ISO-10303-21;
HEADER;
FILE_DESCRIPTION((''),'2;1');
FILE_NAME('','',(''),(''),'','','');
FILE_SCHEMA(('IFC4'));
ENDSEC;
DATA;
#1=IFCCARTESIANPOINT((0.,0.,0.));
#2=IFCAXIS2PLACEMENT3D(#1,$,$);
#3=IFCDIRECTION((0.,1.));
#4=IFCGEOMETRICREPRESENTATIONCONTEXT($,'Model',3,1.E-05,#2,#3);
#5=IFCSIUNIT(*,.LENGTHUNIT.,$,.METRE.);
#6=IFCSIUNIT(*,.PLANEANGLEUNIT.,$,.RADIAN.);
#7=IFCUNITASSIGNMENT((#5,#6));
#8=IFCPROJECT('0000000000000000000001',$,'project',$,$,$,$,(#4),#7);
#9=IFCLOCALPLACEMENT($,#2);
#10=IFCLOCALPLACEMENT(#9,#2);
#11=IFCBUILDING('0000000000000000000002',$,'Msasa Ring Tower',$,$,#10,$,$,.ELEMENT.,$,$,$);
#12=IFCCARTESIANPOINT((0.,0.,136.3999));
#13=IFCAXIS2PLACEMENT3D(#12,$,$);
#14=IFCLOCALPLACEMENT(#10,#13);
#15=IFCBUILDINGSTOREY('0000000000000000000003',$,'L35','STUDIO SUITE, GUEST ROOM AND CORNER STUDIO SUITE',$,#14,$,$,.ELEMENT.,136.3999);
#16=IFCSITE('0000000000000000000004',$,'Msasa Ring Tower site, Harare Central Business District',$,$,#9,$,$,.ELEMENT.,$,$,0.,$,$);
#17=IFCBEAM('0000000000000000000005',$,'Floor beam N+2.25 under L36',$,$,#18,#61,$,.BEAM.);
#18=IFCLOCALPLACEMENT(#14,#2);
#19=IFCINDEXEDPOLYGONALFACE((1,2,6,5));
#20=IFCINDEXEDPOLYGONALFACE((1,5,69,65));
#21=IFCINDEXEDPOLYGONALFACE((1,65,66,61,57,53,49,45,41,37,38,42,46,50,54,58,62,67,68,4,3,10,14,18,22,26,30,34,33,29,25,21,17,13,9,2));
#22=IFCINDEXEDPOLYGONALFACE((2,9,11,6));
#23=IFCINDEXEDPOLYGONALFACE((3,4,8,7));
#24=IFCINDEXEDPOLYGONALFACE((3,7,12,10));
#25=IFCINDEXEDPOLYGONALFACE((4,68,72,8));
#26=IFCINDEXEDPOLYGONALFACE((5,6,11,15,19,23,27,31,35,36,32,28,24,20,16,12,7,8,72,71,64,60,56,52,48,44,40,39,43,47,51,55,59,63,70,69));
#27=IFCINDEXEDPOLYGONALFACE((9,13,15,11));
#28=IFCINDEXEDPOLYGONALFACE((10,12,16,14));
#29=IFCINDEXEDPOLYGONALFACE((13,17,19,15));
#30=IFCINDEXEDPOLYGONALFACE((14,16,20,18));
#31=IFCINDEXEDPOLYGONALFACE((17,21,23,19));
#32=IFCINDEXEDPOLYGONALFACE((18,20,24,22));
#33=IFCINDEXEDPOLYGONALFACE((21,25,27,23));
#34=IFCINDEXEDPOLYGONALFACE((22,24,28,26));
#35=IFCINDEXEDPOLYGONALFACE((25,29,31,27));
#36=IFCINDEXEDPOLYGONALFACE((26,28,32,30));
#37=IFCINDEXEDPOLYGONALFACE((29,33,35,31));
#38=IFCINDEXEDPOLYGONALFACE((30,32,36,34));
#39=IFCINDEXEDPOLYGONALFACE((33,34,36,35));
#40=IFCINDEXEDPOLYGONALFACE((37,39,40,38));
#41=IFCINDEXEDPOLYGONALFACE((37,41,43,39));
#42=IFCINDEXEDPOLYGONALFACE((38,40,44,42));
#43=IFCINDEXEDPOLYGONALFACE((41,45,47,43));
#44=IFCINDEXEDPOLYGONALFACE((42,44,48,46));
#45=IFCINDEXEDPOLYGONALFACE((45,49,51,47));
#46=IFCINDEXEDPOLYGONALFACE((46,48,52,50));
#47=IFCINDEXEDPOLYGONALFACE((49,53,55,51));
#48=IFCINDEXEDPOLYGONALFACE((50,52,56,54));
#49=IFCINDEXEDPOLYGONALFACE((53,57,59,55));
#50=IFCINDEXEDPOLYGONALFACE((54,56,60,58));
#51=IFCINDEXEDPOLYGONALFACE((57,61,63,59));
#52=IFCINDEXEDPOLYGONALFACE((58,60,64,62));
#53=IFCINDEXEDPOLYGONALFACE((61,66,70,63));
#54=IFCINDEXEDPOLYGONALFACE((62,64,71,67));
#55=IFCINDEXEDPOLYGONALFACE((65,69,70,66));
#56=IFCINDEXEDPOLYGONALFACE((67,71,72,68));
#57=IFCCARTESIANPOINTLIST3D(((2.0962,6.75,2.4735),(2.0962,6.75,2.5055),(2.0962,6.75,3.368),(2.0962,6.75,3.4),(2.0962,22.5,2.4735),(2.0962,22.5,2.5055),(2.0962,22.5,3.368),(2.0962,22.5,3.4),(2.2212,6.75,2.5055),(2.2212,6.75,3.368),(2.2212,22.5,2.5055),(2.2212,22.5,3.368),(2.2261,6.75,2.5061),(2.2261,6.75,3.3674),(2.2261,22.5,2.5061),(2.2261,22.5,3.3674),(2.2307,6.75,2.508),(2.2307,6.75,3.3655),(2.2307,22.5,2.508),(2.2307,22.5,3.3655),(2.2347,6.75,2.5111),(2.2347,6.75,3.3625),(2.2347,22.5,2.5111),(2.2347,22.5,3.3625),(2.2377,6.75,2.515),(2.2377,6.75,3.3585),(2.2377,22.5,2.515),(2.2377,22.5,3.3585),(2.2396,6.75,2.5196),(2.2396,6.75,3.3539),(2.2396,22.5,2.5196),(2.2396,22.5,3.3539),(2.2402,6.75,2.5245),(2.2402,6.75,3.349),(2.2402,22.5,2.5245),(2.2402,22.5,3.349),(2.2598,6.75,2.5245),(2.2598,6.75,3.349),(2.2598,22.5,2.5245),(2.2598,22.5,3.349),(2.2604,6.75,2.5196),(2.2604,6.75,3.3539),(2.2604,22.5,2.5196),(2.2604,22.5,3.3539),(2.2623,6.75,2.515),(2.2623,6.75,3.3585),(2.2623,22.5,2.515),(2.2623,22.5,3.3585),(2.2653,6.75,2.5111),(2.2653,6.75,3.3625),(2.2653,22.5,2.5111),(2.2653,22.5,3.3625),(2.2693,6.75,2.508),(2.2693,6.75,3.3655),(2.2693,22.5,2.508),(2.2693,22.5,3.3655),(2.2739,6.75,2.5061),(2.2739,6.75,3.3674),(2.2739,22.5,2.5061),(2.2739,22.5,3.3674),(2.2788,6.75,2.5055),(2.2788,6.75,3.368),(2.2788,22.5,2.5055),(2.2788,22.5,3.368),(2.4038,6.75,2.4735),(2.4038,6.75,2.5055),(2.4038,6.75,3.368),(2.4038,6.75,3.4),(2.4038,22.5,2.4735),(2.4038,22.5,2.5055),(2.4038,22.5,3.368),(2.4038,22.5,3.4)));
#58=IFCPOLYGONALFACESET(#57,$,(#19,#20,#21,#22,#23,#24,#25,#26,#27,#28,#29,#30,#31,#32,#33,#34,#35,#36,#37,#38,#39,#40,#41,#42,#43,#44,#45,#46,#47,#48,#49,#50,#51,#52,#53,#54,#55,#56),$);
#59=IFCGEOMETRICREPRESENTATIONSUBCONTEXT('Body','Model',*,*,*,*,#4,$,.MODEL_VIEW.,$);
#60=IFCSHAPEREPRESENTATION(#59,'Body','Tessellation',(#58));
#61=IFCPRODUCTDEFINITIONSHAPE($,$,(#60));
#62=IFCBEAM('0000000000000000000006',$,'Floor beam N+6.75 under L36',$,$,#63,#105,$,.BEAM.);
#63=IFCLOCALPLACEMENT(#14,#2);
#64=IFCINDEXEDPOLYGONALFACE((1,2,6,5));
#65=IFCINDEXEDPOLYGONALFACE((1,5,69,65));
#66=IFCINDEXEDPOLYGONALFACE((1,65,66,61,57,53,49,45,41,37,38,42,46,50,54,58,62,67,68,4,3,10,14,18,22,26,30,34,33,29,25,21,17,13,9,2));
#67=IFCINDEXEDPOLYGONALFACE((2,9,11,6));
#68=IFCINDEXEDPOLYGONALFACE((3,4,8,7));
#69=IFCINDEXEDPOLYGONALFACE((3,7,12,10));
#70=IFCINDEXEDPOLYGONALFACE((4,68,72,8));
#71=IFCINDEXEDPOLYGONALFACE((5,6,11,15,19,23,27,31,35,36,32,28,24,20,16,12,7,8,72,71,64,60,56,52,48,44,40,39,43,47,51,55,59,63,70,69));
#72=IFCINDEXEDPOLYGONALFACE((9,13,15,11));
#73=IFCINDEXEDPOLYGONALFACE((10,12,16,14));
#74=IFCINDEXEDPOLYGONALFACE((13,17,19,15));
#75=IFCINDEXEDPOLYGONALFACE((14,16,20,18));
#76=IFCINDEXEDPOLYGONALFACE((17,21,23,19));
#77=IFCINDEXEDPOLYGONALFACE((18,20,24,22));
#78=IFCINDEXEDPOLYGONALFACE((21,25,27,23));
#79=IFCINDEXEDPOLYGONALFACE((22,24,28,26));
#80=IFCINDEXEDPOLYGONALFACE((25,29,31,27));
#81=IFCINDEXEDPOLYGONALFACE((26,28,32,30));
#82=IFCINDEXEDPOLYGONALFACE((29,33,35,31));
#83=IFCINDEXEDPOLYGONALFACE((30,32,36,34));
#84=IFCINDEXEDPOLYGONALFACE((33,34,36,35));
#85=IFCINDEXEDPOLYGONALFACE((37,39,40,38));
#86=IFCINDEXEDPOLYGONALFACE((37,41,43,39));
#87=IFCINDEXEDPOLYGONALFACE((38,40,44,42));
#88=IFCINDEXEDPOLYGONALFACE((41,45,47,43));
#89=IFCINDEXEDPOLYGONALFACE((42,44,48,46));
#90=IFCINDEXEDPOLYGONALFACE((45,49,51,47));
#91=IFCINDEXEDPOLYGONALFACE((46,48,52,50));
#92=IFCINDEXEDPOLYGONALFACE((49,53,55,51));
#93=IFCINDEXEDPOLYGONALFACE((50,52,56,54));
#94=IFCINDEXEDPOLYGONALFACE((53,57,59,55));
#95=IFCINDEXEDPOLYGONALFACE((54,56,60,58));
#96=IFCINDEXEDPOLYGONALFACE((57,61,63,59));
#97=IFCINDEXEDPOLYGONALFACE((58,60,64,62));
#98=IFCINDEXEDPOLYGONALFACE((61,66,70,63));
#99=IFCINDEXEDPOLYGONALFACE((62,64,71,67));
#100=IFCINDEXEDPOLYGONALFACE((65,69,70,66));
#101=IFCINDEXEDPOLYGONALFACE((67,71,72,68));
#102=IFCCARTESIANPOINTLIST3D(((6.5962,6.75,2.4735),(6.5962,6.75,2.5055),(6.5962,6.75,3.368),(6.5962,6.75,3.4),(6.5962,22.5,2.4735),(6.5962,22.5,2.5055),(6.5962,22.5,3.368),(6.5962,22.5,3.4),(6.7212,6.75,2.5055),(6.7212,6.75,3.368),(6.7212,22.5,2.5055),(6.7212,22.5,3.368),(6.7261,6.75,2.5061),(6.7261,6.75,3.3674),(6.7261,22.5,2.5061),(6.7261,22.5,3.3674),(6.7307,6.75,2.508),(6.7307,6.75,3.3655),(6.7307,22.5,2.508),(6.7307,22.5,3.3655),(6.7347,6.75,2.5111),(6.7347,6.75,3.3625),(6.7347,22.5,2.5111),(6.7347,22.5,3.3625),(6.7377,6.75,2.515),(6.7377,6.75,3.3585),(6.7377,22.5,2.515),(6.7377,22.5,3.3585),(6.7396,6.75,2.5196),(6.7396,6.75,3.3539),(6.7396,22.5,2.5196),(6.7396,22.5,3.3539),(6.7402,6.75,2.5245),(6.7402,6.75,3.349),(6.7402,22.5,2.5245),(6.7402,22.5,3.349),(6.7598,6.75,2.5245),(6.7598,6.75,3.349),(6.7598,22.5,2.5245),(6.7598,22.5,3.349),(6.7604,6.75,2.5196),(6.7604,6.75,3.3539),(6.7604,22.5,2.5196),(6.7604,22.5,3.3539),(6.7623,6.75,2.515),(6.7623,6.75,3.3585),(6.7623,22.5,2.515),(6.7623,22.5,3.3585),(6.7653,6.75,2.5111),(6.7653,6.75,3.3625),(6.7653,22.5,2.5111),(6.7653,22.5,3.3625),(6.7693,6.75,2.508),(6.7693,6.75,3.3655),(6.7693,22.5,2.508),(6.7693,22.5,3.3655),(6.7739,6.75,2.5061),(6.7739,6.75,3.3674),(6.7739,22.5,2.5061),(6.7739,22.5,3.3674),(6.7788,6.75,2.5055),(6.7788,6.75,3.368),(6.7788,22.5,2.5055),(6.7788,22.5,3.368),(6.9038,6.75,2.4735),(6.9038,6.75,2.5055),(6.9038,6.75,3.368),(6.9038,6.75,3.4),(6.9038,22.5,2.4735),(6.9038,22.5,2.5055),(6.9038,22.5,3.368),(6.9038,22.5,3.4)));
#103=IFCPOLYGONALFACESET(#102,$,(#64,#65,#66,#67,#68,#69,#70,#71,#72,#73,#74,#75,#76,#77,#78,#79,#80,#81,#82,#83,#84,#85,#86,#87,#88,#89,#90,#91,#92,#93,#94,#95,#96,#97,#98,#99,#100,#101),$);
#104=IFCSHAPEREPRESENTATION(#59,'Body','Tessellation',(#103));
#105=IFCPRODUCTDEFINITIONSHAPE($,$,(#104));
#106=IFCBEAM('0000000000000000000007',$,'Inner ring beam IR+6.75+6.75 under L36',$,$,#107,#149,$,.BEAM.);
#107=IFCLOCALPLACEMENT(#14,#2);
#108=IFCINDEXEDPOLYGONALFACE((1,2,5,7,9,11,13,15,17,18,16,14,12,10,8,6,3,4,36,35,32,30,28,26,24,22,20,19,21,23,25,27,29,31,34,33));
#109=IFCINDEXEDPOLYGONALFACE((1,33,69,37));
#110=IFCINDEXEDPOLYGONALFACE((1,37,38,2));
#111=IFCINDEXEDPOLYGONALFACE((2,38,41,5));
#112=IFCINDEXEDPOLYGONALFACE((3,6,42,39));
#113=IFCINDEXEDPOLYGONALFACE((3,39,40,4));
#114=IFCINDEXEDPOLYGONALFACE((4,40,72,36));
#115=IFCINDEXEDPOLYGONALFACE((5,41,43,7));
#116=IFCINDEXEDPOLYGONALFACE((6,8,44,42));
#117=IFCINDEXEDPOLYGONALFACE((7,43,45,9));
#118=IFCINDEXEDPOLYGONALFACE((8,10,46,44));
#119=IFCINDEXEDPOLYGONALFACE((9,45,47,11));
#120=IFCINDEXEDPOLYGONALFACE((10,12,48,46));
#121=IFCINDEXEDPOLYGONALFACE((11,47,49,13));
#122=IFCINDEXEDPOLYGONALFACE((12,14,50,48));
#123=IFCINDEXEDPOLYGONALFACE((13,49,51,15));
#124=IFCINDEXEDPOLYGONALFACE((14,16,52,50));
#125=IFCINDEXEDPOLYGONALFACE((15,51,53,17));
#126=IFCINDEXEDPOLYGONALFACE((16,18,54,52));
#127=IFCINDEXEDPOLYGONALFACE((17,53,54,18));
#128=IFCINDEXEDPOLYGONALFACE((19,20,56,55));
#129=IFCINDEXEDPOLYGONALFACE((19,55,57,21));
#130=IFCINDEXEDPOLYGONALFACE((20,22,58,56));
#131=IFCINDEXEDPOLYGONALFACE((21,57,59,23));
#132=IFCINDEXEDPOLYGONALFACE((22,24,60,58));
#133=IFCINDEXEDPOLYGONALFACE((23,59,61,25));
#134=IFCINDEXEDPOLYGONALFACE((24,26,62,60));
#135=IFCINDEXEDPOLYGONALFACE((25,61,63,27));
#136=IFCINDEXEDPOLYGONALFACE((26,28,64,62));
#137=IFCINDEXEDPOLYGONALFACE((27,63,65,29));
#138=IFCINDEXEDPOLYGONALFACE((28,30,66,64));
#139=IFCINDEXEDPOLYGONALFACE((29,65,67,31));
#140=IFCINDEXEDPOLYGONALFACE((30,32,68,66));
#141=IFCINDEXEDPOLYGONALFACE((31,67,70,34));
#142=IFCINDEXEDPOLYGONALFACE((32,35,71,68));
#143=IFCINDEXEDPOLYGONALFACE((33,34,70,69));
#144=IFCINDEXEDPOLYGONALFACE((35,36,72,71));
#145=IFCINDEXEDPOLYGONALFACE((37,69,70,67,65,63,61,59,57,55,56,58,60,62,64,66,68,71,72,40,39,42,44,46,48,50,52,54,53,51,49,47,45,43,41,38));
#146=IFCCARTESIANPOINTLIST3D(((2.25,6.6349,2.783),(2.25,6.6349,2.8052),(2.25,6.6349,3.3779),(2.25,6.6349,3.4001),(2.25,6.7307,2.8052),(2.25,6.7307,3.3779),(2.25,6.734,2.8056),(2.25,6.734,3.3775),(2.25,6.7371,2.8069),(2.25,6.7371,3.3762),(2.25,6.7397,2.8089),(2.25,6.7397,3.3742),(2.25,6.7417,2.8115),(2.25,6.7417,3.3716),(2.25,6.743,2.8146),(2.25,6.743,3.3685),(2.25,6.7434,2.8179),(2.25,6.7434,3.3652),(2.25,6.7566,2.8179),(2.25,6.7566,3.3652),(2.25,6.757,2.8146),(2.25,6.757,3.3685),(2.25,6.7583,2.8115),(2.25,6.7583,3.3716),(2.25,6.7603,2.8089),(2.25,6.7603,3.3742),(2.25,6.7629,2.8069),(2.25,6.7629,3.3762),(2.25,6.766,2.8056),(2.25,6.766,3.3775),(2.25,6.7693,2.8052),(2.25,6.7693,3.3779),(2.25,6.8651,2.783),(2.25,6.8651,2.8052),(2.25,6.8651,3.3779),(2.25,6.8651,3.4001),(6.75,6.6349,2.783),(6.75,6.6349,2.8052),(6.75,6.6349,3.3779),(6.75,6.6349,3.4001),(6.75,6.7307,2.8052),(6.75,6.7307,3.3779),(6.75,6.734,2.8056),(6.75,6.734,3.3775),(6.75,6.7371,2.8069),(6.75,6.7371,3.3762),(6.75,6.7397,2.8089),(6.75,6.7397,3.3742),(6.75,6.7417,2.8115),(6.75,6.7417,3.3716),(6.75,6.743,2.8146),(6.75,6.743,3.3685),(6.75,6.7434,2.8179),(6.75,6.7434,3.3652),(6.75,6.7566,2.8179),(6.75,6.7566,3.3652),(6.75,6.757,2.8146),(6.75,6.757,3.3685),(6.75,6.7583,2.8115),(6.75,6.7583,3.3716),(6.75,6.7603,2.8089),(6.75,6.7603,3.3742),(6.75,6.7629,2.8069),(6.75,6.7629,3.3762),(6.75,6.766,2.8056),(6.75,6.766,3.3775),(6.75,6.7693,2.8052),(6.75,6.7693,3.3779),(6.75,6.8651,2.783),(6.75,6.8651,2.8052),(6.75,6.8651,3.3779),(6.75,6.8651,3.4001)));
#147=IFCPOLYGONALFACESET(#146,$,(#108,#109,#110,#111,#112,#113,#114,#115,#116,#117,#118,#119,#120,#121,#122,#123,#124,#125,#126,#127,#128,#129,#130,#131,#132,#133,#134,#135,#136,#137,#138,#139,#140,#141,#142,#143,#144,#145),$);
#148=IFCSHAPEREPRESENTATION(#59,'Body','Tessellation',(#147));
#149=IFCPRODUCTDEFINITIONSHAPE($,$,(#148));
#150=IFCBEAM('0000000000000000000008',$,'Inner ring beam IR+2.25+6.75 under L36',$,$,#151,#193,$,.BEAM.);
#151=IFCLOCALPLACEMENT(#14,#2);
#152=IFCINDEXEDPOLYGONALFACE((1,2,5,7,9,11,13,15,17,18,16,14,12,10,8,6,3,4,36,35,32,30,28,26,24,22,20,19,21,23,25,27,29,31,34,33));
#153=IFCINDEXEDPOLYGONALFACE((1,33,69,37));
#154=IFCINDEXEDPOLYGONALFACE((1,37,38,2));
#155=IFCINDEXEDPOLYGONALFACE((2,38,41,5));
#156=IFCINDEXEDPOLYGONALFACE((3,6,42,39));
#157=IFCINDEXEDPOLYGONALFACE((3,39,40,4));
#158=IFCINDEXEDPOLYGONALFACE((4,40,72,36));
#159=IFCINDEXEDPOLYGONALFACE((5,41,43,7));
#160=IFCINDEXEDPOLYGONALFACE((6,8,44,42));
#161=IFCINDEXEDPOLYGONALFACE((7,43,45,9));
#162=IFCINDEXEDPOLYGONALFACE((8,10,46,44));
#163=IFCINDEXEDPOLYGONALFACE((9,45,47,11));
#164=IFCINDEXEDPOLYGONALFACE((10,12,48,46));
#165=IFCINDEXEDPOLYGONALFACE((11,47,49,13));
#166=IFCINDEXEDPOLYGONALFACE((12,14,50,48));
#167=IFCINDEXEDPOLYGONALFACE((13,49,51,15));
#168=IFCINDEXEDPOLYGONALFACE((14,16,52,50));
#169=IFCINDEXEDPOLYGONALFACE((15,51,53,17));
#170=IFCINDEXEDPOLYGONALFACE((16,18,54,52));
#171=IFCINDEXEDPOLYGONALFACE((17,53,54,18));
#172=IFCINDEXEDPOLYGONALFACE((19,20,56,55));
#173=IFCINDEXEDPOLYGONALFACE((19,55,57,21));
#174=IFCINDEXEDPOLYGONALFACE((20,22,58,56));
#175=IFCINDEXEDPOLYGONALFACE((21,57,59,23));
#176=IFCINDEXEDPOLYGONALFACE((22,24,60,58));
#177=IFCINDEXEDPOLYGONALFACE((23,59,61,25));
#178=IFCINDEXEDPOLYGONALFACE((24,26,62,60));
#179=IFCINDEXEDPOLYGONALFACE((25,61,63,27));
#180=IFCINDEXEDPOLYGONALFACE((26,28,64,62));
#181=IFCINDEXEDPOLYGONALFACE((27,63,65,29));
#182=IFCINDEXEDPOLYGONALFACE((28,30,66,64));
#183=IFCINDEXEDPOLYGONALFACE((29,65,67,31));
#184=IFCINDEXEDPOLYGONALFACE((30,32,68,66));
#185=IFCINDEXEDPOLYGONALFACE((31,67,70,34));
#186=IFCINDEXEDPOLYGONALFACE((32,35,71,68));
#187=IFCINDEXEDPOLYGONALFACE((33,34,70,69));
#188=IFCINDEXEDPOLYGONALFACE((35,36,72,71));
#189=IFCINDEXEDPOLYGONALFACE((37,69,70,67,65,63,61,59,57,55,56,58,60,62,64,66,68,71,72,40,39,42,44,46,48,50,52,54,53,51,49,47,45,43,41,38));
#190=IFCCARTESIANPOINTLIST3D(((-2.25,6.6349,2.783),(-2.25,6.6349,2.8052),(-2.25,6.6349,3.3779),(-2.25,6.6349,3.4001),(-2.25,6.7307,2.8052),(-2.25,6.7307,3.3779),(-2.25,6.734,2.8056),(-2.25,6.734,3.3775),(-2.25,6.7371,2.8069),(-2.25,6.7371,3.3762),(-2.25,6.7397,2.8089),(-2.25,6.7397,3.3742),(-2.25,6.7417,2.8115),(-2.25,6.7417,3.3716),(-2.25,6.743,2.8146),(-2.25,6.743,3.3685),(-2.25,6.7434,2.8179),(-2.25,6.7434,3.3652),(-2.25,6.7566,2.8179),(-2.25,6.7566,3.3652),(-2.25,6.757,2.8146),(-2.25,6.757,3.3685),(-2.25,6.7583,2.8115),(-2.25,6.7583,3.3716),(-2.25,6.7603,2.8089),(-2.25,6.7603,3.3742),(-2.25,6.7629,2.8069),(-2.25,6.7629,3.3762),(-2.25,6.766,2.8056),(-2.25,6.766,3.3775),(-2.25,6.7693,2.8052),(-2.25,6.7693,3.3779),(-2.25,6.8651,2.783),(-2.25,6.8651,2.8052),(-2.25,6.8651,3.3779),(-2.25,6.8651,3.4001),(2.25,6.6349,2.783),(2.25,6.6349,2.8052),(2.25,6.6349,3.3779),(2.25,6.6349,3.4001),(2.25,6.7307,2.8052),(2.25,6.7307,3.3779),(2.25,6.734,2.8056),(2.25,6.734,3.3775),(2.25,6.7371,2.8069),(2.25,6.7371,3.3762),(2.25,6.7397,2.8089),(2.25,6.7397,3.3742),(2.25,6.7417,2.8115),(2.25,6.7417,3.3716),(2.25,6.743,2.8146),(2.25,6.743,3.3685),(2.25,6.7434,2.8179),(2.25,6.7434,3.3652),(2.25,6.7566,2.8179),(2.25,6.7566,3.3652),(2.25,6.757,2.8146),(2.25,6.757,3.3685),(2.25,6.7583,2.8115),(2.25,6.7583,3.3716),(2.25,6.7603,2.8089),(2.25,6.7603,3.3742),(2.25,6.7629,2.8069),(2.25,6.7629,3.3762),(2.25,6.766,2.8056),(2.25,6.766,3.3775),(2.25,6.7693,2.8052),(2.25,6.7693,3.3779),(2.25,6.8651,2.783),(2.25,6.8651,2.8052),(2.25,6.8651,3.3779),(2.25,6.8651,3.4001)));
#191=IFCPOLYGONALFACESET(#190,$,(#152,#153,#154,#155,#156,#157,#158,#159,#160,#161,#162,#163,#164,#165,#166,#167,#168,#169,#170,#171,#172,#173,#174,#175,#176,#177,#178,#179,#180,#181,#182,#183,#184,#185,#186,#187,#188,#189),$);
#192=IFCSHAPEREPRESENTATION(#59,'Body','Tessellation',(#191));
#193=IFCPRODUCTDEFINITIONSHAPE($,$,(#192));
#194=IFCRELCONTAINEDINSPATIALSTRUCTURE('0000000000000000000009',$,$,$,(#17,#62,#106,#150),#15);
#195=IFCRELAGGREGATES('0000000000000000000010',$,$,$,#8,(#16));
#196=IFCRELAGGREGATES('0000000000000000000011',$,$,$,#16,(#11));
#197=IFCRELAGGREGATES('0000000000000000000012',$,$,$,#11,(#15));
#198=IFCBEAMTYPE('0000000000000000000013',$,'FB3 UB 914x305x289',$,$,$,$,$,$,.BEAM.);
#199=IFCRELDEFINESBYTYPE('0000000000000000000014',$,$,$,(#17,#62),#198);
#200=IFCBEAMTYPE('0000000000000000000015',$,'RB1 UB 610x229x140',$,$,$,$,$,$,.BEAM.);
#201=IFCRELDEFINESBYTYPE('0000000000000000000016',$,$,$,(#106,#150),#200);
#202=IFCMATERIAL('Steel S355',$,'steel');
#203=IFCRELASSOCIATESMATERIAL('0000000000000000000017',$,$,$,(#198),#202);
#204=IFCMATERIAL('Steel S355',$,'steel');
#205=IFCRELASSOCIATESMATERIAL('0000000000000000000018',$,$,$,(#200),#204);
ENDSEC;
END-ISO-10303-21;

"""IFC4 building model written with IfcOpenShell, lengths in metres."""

from ifc_helpers import new_model, si_unit, direction, frame, origin, origin_2d, place, context, subcontext, project, spatial, i_section, extrude, material, material_profile, profile_set, type_object, element, save


model = new_model("IFC4")

# Units and contexts
model_context = context("Model", 3, precision=1e-05, world=origin(), true_north=direction((0.0, 1.0)))
body_context = subcontext(model_context, "Body", "Model", "MODEL_VIEW")
ifc_project = project(units=[si_unit("LENGTHUNIT", "METRE"), si_unit("PLANEANGLEUNIT", "RADIAN")], contexts=[model_context])

# Site, building, storey
site_placement = place(None, origin())
site = spatial("IfcSite", under=ifc_project, at=site_placement, Name="Msasa Ring Tower site, Harare Central Business District", CompositionType="ELEMENT", RefElevation=0.0)
building_placement = place(site_placement, origin())
building = spatial("IfcBuilding", under=site, at=building_placement, Name="Msasa Ring Tower", CompositionType="ELEMENT")
storey_placement = place(building_placement, frame((0.0, 0.0, 136.3999)))
storey = spatial("IfcBuildingStorey", under=building, at=storey_placement, Name="L35", Description="STUDIO SUITE, GUEST ROOM AND CORNER STUDIO SUITE", CompositionType="ELEMENT", Elevation=136.3999)

# Beams
ifc_material_1 = material(Name="Steel S355", Category="steel")
ifc_material_profile_1 = material_profile(ifc_material_1, i_section(OverallWidth=0.3076, OverallDepth=0.9265, WebThickness=0.0195, FlangeThickness=0.032, FilletRadius=0.019, at=origin_2d()), Name="UB 914x305x289")
ifc_profile_set_1 = profile_set([ifc_material_profile_1], Name="Steel S355")
beam_type_1 = type_object("IfcBeamType", Name="FB3 UB 914x305x289", PredefinedType="BEAM", material=ifc_profile_set_1)
for number, where, z_axis, x_axis, name in (
    (1, (2.25, 22.5, 2.9368), (0.0, -1.0, 0.0), (1.0, 0.0, 0.0), "Floor beam N+2.25 under L36"),
    (2, (6.75, 22.5, 2.9368), (0.0, -1.0, 0.0), (1.0, 0.0, 0.0), "Floor beam N+6.75 under L36"),
):
    element("IfcBeam", number, at=place(storey_placement, frame(where, z_axis=z_axis, x_axis=x_axis)), inside=storey, type_object=beam_type_1, Name=name, PredefinedType="BEAM", context=body_context, shape_type="SweptSolid", body=[
        extrude(i_section(OverallWidth=0.3076, OverallDepth=0.9265, WebThickness=0.0195, FlangeThickness=0.032, FilletRadius=0.019, at=origin_2d()), origin(), (0.0, 0.0, 1.0), 15.75),
    ])
ifc_material_2 = material(Name="Steel S355", Category="steel")
ifc_material_profile_2 = material_profile(ifc_material_2, i_section(OverallWidth=0.2302, OverallDepth=0.6172, WebThickness=0.0132, FlangeThickness=0.0222, FilletRadius=0.0127, at=origin_2d()), Name="UB 610x229x140")
ifc_profile_set_2 = profile_set([ifc_material_profile_2], Name="Steel S355")
beam_type_2 = type_object("IfcBeamType", Name="RB1 UB 610x229x140", PredefinedType="BEAM", material=ifc_profile_set_2)
for number, where, z_axis, x_axis, name in (
    (3, (6.75, 6.75, 3.0916), (-1.0, 0.0, 0.0), (0.0, -1.0, 0.0), "Inner ring beam IR+6.75+6.75 under L36"),
    (4, (2.25, 6.75, 3.0916), (-1.0, 0.0, 0.0), (0.0, -1.0, 0.0), "Inner ring beam IR+2.25+6.75 under L36"),
):
    element("IfcBeam", number, at=place(storey_placement, frame(where, z_axis=z_axis, x_axis=x_axis)), inside=storey, type_object=beam_type_2, Name=name, PredefinedType="BEAM", context=body_context, shape_type="SweptSolid", body=[
        extrude(i_section(OverallWidth=0.2302, OverallDepth=0.6172, WebThickness=0.0132, FlangeThickness=0.0222, FilletRadius=0.0127, at=origin_2d()), origin(), (0.0, 0.0, 1.0), 4.5),
    ])

save(model, "model.ifc")
